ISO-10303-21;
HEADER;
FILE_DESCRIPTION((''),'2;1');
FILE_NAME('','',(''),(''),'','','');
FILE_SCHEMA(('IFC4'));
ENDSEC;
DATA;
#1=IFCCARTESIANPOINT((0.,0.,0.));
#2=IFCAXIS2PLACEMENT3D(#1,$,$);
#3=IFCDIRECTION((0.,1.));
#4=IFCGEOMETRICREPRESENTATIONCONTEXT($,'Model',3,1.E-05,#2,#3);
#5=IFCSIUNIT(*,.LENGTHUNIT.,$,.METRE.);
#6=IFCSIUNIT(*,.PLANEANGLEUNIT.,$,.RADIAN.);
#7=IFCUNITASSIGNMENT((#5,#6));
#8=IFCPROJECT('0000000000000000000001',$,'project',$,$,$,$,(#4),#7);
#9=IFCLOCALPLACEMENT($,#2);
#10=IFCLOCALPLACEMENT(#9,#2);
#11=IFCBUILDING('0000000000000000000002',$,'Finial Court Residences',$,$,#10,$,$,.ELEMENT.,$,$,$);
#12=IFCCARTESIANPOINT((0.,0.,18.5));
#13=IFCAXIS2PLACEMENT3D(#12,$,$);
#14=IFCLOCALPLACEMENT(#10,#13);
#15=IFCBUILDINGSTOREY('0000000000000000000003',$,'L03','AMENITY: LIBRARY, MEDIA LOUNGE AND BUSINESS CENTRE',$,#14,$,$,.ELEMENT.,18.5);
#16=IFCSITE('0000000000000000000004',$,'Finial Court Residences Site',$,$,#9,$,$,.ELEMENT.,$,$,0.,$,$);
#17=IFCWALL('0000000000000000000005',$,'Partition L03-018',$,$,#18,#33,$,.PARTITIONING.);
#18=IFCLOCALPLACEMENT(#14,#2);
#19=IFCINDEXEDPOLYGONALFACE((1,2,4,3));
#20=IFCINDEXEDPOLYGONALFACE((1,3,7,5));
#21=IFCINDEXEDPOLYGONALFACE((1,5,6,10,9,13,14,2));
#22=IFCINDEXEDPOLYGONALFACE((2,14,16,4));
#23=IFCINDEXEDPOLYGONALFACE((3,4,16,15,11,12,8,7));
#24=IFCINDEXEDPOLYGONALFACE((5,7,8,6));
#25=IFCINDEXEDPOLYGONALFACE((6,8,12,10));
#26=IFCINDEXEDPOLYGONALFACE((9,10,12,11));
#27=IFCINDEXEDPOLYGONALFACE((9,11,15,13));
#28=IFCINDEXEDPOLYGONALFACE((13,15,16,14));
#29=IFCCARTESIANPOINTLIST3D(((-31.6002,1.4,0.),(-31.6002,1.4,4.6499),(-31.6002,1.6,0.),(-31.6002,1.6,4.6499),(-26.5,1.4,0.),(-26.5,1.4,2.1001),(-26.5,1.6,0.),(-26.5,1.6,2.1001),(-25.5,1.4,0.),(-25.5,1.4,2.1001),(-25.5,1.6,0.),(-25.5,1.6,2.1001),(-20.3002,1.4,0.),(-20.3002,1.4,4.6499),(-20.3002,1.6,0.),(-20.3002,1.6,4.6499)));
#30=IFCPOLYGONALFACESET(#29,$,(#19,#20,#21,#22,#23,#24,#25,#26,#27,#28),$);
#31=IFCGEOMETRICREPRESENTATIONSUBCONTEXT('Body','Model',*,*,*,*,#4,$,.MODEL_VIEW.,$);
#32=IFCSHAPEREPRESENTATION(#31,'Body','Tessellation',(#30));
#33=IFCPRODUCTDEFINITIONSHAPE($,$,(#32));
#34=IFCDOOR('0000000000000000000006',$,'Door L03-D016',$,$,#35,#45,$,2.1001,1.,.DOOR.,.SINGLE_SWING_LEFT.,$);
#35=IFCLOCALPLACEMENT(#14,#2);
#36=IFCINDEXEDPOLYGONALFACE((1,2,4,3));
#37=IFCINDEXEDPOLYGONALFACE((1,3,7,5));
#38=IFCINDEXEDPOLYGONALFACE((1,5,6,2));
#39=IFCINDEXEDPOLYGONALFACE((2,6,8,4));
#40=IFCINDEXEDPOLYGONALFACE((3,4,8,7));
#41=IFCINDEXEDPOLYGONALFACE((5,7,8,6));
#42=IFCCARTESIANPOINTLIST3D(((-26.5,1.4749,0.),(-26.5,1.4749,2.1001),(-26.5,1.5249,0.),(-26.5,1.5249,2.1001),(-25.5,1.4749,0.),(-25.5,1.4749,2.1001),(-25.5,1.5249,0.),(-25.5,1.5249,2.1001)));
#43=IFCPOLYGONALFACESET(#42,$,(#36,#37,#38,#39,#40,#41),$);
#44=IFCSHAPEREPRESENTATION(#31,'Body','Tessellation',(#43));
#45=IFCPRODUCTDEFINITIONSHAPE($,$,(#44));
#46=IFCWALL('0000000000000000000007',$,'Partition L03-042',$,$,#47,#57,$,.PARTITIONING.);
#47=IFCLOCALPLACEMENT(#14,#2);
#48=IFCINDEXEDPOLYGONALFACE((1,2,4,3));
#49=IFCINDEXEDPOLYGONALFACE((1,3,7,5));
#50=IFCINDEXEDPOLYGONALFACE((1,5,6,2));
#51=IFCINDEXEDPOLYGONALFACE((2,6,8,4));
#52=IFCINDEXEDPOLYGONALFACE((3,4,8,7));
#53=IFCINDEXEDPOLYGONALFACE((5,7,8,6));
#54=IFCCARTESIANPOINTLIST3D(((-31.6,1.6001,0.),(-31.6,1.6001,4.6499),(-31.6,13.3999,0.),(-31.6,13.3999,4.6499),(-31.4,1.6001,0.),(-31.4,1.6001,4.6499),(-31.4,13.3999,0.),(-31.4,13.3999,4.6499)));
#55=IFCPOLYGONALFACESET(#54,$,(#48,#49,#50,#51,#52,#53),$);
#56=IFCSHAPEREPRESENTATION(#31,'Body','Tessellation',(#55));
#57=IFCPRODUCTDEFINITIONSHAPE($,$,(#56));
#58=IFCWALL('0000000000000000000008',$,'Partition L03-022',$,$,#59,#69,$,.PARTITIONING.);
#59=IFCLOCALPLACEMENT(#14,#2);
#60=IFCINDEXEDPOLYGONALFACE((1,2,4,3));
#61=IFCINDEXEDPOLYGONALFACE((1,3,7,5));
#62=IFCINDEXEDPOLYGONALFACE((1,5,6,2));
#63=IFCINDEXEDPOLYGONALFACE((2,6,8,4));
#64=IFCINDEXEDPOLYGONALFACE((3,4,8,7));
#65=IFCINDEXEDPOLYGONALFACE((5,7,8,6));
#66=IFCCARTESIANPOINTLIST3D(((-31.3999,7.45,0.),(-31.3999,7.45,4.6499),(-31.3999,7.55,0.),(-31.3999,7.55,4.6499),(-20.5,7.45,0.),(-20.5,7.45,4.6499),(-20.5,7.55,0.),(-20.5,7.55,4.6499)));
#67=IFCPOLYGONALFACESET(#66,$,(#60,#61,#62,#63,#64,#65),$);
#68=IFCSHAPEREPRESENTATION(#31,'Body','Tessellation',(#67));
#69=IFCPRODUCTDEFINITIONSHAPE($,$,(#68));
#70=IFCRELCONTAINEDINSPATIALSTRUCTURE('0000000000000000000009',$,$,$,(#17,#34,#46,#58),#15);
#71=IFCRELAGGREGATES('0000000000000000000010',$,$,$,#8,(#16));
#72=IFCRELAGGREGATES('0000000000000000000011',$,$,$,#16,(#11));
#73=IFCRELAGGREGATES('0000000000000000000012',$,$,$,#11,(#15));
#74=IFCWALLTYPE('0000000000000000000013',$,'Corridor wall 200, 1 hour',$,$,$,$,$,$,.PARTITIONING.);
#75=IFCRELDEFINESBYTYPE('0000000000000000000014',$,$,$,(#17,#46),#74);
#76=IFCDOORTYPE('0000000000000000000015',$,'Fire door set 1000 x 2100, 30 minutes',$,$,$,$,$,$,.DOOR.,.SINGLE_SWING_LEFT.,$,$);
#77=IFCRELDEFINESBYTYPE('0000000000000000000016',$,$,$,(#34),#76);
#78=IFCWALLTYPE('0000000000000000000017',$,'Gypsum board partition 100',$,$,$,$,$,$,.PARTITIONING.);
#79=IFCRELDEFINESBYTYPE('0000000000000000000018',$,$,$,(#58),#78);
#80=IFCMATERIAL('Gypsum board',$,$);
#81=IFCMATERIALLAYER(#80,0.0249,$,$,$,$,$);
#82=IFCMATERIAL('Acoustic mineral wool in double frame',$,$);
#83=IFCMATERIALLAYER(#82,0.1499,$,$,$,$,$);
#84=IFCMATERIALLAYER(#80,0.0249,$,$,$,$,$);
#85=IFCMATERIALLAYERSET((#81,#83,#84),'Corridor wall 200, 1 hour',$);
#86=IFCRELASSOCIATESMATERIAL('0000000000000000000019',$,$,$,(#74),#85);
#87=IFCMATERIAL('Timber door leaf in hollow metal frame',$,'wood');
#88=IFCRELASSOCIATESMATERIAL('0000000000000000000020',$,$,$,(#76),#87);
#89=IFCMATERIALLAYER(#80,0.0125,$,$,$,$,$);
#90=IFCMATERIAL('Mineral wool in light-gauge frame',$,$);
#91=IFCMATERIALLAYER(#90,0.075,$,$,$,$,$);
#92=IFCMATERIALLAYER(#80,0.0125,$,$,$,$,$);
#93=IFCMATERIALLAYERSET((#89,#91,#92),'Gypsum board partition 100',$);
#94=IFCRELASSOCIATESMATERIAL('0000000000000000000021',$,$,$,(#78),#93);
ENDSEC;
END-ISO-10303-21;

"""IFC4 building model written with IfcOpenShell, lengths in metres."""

from ifc_helpers import new_model, si_unit, direction, frame, frame_2d, origin, place, context, subcontext, project, spatial, rectangle, extrude, material, layer, layer_set, type_object, element, fill, save


model = new_model("IFC4")

# Units and contexts
model_context = context("Model", 3, precision=1e-05, world=origin(), true_north=direction((0.0, 1.0)))
body_context = subcontext(model_context, "Body", "Model", "MODEL_VIEW")
ifc_project = project(units=[si_unit("LENGTHUNIT", "METRE"), si_unit("PLANEANGLEUNIT", "RADIAN")], contexts=[model_context])

# Site, building, storey
site_placement = place(None, origin())
site = spatial("IfcSite", under=ifc_project, at=site_placement, Name="Finial Court Residences Site", CompositionType="ELEMENT", RefElevation=0.0)
building_placement = place(site_placement, origin())
building = spatial("IfcBuilding", under=site, at=building_placement, Name="Finial Court Residences", CompositionType="ELEMENT")
storey_placement = place(building_placement, frame((0.0, 0.0, 18.5)))
storey = spatial("IfcBuildingStorey", under=building, at=storey_placement, Name="L03", Description="AMENITY: LIBRARY, MEDIA LOUNGE AND BUSINESS CENTRE", CompositionType="ELEMENT", Elevation=18.5)

# Wall, opening, door
ifc_material_1 = material(Name="Gypsum board")
ifc_layer_1 = layer(ifc_material_1, 0.0249)
ifc_material_2 = material(Name="Acoustic mineral wool in double frame")
ifc_layer_2 = layer(ifc_material_2, 0.1499)
ifc_layer_3 = layer(ifc_material_1, 0.0249)
ifc_layer_set_1 = layer_set([ifc_layer_1, ifc_layer_2, ifc_layer_3], Name="Corridor wall 200, 1 hour")
wall_type_1 = type_object("IfcWallType", Name="Corridor wall 200, 1 hour", PredefinedType="PARTITIONING", material=ifc_layer_set_1)
wall_1_placement = place(storey_placement, frame((-31.6001, 1.5, 0.0), z_axis=(0.0, 0.0, 1.0), x_axis=(1.0, 0.0, 0.0)))
wall_1 = element("IfcWall", 1, at=wall_1_placement, inside=storey, type_object=wall_type_1, Name="Partition L03-018", PredefinedType="PARTITIONING", context=body_context, shape_type="SweptSolid", body=[
    extrude(rectangle(XDim=11.3, YDim=0.2, at=frame_2d((5.6499, 0.0))), origin(), (0.0, 0.0, 1.0), 4.6499),
])
opening_placement = place(wall_1_placement, frame((5.1001, 0.0, 0.0)))
opening = element("IfcOpeningElement", 2, at=opening_placement, cuts=wall_1, PredefinedType="OPENING", context=body_context, shape_type="SweptSolid", body=[
    extrude(rectangle(XDim=1.0, YDim=2.1001, at=frame_2d((0.5, 1.05))), frame((0.0, 0.1099, 0.0), z_axis=(0.0, -1.0, 0.0), x_axis=(1.0, 0.0, 0.0)), (0.0, 0.0, 1.0), 0.22),
])
ifc_material_3 = material(Name="Timber door leaf in hollow metal frame", Category="wood")
door_type = type_object("IfcDoorType", Name="Fire door set 1000 x 2100, 30 minutes", OperationType="SINGLE_SWING_LEFT", PredefinedType="DOOR", material=ifc_material_3)
door_placement = place(opening_placement, origin())
door = element("IfcDoor", 3, at=door_placement, inside=storey, type_object=door_type, Name="Door L03-D016", OperationType="SINGLE_SWING_LEFT", OverallHeight=2.1001, OverallWidth=1.0, PredefinedType="DOOR", context=body_context, shape_type="SweptSolid", body=[
    extrude(rectangle(XDim=1.0, YDim=2.1001, at=frame_2d((0.5, 1.05))), frame((0.0, 0.0249, 0.0), z_axis=(0.0, -1.0, 0.0), x_axis=(1.0, 0.0, 0.0)), (0.0, 0.0, 1.0), 0.05),
])
fill(opening, door)

# Walls
wall_2_placement = place(storey_placement, frame((-31.5, 1.6001, 0.0), z_axis=(0.0, 0.0, 1.0), x_axis=(0.0, 1.0, 0.0)))
element("IfcWall", 4, at=wall_2_placement, inside=storey, type_object=wall_type_1, Name="Partition L03-042", PredefinedType="PARTITIONING", context=body_context, shape_type="SweptSolid", body=[
    extrude(rectangle(XDim=11.7998, YDim=0.2, at=frame_2d((5.8999, 0.0))), origin(), (0.0, 0.0, 1.0), 4.6499),
])
ifc_layer_4 = layer(ifc_material_1, 0.0125)
ifc_material_4 = material(Name="Mineral wool in light-gauge frame")
ifc_layer_5 = layer(ifc_material_4, 0.075)
ifc_layer_6 = layer(ifc_material_1, 0.0125)
ifc_layer_set_2 = layer_set([ifc_layer_4, ifc_layer_5, ifc_layer_6], Name="Gypsum board partition 100")
wall_type_2 = type_object("IfcWallType", Name="Gypsum board partition 100", PredefinedType="PARTITIONING", material=ifc_layer_set_2)
wall_3_placement = place(storey_placement, frame((-31.3999, 7.5, 0.0), z_axis=(0.0, 0.0, 1.0), x_axis=(1.0, 0.0, 0.0)))
element("IfcWall", 5, at=wall_3_placement, inside=storey, type_object=wall_type_2, Name="Partition L03-022", PredefinedType="PARTITIONING", context=body_context, shape_type="SweptSolid", body=[
    extrude(rectangle(XDim=10.8999, YDim=0.1001, at=frame_2d((5.45, 0.0))), origin(), (0.0, 0.0, 1.0), 4.6499),
])

save(model, "model.ifc")
